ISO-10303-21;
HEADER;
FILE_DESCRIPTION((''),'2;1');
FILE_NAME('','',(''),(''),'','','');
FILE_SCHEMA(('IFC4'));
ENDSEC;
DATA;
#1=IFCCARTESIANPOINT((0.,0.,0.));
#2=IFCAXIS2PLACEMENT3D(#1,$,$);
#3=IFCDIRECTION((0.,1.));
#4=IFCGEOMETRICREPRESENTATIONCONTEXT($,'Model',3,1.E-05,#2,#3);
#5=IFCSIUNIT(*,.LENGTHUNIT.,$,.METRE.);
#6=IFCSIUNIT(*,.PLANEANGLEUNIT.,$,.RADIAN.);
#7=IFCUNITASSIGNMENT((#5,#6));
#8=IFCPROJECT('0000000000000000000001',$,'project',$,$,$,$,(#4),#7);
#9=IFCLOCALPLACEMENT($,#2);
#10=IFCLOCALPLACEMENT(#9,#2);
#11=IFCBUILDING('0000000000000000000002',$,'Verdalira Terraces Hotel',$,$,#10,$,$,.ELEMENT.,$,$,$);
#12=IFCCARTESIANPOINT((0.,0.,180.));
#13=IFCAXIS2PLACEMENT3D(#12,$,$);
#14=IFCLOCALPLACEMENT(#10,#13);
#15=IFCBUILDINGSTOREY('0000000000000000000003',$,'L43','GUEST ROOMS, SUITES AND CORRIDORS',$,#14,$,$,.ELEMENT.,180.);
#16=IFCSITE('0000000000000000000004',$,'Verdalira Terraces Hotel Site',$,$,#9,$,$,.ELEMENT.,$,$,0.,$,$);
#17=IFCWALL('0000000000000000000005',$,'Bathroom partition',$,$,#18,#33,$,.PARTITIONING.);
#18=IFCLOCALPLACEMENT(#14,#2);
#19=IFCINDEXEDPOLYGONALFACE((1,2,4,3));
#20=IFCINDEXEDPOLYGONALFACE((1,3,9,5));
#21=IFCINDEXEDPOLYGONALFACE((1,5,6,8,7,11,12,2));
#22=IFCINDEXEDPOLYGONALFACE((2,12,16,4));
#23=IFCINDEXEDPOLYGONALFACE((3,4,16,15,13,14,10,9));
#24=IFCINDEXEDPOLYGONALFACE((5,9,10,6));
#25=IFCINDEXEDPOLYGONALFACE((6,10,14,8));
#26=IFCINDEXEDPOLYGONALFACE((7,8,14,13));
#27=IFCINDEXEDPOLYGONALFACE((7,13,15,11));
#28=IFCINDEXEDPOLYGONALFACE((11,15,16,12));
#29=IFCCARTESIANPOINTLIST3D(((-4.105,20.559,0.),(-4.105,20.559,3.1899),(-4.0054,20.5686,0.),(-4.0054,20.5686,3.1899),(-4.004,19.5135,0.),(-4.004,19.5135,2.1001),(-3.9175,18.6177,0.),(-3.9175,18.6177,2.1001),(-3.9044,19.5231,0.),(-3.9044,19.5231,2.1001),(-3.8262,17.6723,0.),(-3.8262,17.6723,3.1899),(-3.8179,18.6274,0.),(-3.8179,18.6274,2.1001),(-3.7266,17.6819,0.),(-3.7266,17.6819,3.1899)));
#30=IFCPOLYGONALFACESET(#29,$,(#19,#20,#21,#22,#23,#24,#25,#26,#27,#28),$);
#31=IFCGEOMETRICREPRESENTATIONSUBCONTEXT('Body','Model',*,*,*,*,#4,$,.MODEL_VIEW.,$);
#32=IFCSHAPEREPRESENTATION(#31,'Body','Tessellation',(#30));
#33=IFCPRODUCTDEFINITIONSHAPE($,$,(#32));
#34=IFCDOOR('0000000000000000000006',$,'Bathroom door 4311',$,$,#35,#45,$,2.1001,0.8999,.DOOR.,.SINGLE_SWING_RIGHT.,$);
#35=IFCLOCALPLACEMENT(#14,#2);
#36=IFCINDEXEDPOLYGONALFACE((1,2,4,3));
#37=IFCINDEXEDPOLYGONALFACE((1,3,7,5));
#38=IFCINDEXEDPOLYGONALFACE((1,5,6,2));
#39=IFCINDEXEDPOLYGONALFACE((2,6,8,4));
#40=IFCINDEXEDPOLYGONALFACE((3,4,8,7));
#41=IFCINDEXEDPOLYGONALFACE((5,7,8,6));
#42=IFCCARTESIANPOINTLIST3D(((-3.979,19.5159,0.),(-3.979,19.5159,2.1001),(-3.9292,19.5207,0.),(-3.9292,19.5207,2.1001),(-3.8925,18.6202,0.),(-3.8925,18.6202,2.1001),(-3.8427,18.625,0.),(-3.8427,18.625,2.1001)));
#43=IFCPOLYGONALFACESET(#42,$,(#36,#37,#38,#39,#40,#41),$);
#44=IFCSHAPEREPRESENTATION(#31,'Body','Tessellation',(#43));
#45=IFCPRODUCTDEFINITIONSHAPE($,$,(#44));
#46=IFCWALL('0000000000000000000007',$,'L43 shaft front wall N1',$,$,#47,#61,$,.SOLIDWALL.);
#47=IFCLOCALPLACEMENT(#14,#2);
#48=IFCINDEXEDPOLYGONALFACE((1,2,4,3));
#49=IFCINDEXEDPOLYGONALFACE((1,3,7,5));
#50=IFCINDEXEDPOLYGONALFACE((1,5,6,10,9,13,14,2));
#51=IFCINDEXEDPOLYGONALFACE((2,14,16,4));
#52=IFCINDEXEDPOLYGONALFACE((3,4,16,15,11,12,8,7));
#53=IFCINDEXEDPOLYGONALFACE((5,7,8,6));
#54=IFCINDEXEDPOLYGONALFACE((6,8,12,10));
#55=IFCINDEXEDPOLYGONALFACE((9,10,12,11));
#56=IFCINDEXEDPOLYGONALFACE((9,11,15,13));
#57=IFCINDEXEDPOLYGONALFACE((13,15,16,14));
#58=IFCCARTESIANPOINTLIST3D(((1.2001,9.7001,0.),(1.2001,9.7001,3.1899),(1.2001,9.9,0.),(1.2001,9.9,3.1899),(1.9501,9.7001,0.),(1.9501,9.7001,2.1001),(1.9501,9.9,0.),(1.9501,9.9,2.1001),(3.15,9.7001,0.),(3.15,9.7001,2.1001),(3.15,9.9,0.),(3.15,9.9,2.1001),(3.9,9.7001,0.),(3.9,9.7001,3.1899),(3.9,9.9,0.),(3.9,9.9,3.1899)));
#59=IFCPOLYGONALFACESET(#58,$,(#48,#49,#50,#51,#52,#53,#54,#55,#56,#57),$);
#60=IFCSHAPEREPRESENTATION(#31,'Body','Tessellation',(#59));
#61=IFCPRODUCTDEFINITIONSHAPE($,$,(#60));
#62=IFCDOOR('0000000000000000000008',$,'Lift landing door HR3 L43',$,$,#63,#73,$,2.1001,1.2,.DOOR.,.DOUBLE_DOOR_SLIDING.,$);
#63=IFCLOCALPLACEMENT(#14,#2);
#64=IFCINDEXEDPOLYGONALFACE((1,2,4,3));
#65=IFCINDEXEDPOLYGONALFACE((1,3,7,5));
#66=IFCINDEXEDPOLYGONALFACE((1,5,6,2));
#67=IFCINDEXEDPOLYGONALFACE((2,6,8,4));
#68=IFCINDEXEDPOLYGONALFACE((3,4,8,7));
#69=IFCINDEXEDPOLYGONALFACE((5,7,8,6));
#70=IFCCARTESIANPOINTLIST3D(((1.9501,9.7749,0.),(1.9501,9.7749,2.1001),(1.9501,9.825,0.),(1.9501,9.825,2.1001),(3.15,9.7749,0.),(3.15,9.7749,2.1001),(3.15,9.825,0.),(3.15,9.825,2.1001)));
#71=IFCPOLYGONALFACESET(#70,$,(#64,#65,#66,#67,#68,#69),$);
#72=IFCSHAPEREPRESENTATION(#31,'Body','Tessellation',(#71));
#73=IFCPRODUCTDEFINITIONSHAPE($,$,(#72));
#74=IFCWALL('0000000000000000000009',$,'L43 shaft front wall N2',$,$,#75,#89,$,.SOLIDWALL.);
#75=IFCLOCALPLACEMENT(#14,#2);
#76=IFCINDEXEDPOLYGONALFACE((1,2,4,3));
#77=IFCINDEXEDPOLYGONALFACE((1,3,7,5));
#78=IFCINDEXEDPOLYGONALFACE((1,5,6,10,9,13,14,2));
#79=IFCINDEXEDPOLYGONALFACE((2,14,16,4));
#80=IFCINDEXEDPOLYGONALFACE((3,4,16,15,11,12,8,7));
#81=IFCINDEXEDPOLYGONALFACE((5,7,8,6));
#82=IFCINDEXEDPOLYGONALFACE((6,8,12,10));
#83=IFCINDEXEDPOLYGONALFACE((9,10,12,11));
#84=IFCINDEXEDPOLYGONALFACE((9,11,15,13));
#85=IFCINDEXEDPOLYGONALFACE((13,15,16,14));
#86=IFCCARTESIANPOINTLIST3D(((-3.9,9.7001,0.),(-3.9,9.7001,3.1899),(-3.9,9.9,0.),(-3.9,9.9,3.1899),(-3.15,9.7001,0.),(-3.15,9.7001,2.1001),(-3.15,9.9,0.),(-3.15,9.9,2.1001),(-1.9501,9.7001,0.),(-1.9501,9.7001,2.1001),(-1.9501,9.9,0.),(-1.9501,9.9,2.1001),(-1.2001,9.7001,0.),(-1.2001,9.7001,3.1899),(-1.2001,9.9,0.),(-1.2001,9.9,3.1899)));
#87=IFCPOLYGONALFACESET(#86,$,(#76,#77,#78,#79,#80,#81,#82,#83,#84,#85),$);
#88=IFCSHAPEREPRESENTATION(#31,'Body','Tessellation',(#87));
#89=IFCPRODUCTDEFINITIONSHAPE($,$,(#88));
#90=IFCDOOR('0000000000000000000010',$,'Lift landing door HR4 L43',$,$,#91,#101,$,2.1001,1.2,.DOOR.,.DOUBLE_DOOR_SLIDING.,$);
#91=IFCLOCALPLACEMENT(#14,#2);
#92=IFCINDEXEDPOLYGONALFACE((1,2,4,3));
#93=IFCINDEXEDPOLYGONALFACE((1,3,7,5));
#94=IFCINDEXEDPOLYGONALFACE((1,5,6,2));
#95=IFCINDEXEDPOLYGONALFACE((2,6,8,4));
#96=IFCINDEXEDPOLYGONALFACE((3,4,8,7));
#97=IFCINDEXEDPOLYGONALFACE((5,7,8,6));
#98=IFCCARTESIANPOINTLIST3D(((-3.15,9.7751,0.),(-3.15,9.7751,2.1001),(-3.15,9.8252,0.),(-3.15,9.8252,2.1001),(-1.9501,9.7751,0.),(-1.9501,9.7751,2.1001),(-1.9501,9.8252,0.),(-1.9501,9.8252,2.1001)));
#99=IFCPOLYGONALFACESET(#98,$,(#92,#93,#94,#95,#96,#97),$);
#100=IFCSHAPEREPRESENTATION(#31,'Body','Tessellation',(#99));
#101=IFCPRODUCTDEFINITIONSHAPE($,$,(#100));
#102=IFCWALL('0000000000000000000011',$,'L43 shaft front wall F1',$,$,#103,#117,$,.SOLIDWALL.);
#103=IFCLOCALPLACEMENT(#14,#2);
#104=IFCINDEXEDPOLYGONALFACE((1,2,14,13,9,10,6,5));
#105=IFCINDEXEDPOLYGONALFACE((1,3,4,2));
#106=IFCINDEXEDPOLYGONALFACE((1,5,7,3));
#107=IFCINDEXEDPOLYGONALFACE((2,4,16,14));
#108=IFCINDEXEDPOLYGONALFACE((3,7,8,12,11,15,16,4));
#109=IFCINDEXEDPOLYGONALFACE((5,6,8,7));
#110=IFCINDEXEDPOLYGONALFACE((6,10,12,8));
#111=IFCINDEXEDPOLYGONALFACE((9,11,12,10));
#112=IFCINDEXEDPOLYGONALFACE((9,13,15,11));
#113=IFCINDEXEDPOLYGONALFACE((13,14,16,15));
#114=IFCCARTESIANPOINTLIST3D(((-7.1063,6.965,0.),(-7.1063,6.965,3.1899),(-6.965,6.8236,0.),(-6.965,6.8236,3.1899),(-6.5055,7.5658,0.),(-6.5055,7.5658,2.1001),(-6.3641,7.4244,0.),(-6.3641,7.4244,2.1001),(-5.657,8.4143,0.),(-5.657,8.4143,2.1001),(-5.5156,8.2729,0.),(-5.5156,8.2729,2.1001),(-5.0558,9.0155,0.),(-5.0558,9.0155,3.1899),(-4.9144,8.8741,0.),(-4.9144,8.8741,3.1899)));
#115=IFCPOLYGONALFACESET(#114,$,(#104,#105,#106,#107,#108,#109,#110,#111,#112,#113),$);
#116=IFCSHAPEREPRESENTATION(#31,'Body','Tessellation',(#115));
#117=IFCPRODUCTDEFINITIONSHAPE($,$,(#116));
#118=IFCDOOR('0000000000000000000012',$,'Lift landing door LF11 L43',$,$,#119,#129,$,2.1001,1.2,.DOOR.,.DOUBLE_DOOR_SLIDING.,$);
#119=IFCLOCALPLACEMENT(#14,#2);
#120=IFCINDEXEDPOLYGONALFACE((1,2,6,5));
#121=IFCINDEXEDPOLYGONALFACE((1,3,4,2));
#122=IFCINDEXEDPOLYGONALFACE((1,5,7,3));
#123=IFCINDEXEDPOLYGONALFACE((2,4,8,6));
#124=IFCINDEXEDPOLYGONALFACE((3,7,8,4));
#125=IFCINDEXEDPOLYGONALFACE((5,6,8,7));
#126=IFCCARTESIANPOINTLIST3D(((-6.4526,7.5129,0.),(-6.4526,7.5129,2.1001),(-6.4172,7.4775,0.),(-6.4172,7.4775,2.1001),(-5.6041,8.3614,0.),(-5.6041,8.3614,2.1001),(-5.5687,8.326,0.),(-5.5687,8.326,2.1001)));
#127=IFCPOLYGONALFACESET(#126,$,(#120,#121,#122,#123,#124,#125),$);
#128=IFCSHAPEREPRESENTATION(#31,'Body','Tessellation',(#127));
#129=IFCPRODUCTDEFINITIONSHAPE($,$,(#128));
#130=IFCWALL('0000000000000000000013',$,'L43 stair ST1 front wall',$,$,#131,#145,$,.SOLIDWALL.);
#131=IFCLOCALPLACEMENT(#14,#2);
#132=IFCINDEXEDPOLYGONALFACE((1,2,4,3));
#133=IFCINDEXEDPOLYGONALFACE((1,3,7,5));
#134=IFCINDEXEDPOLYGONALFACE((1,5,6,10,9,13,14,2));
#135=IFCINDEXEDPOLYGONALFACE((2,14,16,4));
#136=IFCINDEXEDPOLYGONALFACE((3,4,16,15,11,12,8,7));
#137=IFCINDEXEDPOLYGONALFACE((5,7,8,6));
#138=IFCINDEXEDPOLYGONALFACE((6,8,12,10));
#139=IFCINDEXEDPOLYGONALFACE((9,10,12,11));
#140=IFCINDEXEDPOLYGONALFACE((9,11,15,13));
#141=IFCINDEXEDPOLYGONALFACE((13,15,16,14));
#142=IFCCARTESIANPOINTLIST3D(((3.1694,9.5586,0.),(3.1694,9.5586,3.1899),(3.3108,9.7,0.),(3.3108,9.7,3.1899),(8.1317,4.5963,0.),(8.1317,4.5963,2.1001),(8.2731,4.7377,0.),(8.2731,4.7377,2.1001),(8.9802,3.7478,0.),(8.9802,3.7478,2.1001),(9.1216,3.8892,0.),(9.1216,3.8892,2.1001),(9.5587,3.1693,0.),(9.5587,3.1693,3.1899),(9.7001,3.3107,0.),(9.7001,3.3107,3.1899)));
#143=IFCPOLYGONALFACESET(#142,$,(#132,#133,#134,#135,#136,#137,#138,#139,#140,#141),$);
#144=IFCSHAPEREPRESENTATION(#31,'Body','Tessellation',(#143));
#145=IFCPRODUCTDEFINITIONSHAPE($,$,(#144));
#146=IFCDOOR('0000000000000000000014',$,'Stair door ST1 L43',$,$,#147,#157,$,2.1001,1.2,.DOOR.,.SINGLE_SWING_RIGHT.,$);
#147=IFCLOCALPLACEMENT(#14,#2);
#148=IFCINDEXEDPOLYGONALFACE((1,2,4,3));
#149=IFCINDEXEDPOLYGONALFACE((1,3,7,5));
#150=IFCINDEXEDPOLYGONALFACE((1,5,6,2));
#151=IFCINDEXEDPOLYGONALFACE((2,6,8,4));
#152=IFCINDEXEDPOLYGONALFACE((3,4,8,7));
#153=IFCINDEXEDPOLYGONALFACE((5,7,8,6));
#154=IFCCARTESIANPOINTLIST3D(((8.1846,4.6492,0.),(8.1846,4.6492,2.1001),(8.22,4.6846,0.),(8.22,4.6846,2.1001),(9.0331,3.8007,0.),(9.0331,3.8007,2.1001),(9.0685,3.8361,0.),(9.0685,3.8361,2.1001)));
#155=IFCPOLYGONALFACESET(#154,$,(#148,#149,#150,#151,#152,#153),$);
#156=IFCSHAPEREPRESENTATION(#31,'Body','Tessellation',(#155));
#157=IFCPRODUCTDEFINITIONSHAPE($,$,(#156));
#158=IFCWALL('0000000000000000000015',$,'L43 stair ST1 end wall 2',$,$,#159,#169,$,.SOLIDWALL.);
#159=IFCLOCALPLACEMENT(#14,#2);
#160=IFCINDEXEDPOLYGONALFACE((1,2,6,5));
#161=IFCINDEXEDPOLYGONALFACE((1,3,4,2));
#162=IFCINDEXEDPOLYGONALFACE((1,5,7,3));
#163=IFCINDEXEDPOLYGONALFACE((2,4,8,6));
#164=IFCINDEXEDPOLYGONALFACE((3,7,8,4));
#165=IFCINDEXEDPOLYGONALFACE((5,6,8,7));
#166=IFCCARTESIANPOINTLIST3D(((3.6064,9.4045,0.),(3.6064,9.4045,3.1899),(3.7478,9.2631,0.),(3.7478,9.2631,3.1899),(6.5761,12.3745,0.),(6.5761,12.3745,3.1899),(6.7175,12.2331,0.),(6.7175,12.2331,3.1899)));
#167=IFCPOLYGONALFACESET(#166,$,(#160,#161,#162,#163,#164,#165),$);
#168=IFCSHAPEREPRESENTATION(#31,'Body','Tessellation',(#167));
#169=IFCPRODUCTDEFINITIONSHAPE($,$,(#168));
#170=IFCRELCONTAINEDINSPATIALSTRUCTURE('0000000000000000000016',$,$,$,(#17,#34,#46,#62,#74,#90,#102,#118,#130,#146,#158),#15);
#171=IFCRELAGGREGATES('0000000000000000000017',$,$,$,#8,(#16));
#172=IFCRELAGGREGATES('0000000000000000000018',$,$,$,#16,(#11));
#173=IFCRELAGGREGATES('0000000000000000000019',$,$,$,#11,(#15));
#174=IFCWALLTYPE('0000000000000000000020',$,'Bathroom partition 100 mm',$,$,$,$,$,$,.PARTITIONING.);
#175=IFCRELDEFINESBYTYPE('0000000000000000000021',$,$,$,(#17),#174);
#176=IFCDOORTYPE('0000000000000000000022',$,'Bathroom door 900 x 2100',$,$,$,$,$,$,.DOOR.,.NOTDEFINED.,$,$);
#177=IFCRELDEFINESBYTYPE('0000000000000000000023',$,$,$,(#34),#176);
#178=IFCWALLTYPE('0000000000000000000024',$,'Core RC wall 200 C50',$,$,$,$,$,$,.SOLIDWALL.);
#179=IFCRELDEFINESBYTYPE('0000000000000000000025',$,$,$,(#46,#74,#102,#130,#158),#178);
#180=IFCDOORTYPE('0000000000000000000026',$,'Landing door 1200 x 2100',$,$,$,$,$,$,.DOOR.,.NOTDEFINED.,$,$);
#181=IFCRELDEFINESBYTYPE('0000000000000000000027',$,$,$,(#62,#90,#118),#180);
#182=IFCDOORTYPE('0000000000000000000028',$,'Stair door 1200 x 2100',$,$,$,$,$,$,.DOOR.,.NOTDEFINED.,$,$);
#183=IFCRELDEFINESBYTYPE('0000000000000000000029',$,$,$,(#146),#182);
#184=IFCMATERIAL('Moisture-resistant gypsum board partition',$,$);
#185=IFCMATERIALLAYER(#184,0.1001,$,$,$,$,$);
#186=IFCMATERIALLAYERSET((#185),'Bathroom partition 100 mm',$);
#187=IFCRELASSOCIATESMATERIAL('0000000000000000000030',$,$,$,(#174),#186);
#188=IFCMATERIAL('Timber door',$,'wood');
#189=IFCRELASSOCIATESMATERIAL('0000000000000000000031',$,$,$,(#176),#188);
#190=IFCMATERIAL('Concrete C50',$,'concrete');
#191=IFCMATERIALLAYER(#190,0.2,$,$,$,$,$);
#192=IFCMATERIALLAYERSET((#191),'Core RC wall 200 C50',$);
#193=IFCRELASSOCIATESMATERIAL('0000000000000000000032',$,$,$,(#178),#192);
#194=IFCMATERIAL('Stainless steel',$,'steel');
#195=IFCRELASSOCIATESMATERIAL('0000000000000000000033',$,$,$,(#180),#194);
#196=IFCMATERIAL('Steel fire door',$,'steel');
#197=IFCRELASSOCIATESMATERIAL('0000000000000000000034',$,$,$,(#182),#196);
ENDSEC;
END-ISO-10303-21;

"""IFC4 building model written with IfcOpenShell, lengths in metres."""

from ifc_helpers import new_model, si_unit, direction, frame, frame_2d, origin, place, context, subcontext, project, spatial, rectangle, extrude, material, layer, layer_set, type_object, element, fill, save


model = new_model("IFC4")

# Units and contexts
model_context = context("Model", 3, precision=1e-05, world=origin(), true_north=direction((0.0, 1.0)))
body_context = subcontext(model_context, "Body", "Model", "MODEL_VIEW")
ifc_project = project(units=[si_unit("LENGTHUNIT", "METRE"), si_unit("PLANEANGLEUNIT", "RADIAN")], contexts=[model_context])

# Site, building, storey
site_placement = place(None, origin())
site = spatial("IfcSite", under=ifc_project, at=site_placement, Name="Verdalira Terraces Hotel Site", CompositionType="ELEMENT", RefElevation=0.0)
building_placement = place(site_placement, origin())
building = spatial("IfcBuilding", under=site, at=building_placement, Name="Verdalira Terraces Hotel", CompositionType="ELEMENT")
storey_placement = place(building_placement, frame((0.0, 0.0, 180.0)))
storey = spatial("IfcBuildingStorey", under=building, at=storey_placement, Name="L43", Description="GUEST ROOMS, SUITES AND CORRIDORS", CompositionType="ELEMENT", Elevation=180.0)

# Walls, openings, doors
ifc_material_1 = material(Name="Moisture-resistant gypsum board partition")
ifc_layer_1 = layer(ifc_material_1, 0.1001)
ifc_layer_set_1 = layer_set([ifc_layer_1], Name="Bathroom partition 100 mm")
wall_type_1 = type_object("IfcWallType", Name="Bathroom partition 100 mm", PredefinedType="PARTITIONING", material=ifc_layer_set_1)
wall_1_placement = place(storey_placement, frame((-3.7764, 17.677, 0.0), z_axis=(0.0, 0.0, 1.0), x_axis=(-0.096136, 0.995368, 0.0)))
wall_1 = element("IfcWall", 1, at=wall_1_placement, inside=storey, type_object=wall_type_1, Name="Bathroom partition", PredefinedType="PARTITIONING", context=body_context, shape_type="SweptSolid", body=[
    extrude(rectangle(XDim=2.9001, YDim=0.1001, at=frame_2d((1.4502, 0.0))), origin(), (0.0, 0.0, 1.0), 3.1899),
])
opening_1_placement = place(wall_1_placement, frame((0.95, 0.0, 0.0)))
opening_1 = element("IfcOpeningElement", 2, at=opening_1_placement, cuts=wall_1, PredefinedType="OPENING", context=body_context, shape_type="SweptSolid", body=[
    extrude(rectangle(XDim=0.8999, YDim=2.1001, at=frame_2d((0.45, 1.05))), frame((0.0, 0.0601, 0.0), z_axis=(0.0, -1.0, 0.0), x_axis=(1.0, 0.0, 0.0)), (0.0, 0.0, 1.0), 0.1201),
])
ifc_material_2 = material(Name="Timber door", Category="wood")
door_type_1 = type_object("IfcDoorType", Name="Bathroom door 900 x 2100", OperationType="NOTDEFINED", PredefinedType="DOOR", material=ifc_material_2)
door_1_placement = place(opening_1_placement, origin())
door_1 = element("IfcDoor", 3, at=door_1_placement, inside=storey, type_object=door_type_1, Name="Bathroom door 4311", OperationType="SINGLE_SWING_RIGHT", OverallHeight=2.1001, OverallWidth=0.8999, PredefinedType="DOOR", context=body_context, shape_type="SweptSolid", body=[
    extrude(rectangle(XDim=0.8999, YDim=2.1001, at=frame_2d((0.45, 1.05))), frame((0.0, 0.0249, 0.0), z_axis=(0.0, -1.0, 0.0), x_axis=(1.0, 0.0, 0.0)), (0.0, 0.0, 1.0), 0.05),
])
fill(opening_1, door_1)
ifc_material_3 = material(Name="Concrete C50", Category="concrete")
ifc_layer_2 = layer(ifc_material_3, 0.2)
ifc_layer_set_2 = layer_set([ifc_layer_2], Name="Core RC wall 200 C50")
wall_type_2 = type_object("IfcWallType", Name="Core RC wall 200 C50", PredefinedType="SOLIDWALL", material=ifc_layer_set_2)
wall_2_placement = place(storey_placement, frame((1.2, 9.8, 0.0), z_axis=(0.0, 0.0, 1.0), x_axis=(1.0, 0.0, 0.0)))
wall_2 = element("IfcWall", 4, at=wall_2_placement, inside=storey, type_object=wall_type_2, Name="L43 shaft front wall N1", PredefinedType="SOLIDWALL", context=body_context, shape_type="SweptSolid", body=[
    extrude(rectangle(XDim=2.7, YDim=0.2, at=frame_2d((1.3501, 0.0))), origin(), (0.0, 0.0, 1.0), 3.1899),
])
opening_2_placement = place(wall_2_placement, frame((0.75, 0.0, 0.0)))
opening_2 = element("IfcOpeningElement", 5, at=opening_2_placement, cuts=wall_2, PredefinedType="OPENING", context=body_context, shape_type="SweptSolid", body=[
    extrude(rectangle(XDim=1.2, YDim=2.1001, at=frame_2d((0.6001, 1.05))), frame((0.0, 0.1099, 0.0), z_axis=(0.0, -1.0, 0.0), x_axis=(1.0, 0.0, 0.0)), (0.0, 0.0, 1.0), 0.22),
])
ifc_material_4 = material(Name="Stainless steel", Category="steel")
door_type_2 = type_object("IfcDoorType", Name="Landing door 1200 x 2100", OperationType="NOTDEFINED", PredefinedType="DOOR", material=ifc_material_4)
door_2_placement = place(opening_2_placement, origin())
door_2 = element("IfcDoor", 6, at=door_2_placement, inside=storey, type_object=door_type_2, Name="Lift landing door HR3 L43", OperationType="DOUBLE_DOOR_SLIDING", OverallHeight=2.1001, OverallWidth=1.2, PredefinedType="DOOR", context=body_context, shape_type="SweptSolid", body=[
    extrude(rectangle(XDim=1.2, YDim=2.1001, at=frame_2d((0.6001, 1.05))), frame((0.0, 0.0249, 0.0), z_axis=(0.0, -1.0, 0.0), x_axis=(1.0, 0.0, 0.0)), (0.0, 0.0, 1.0), 0.05),
])
fill(opening_2, door_2)
wall_3_placement = place(storey_placement, frame((-1.2, 9.8, 0.0), z_axis=(0.0, 0.0, 1.0), x_axis=(-1.0, 0.0, 0.0)))
wall_3 = element("IfcWall", 7, at=wall_3_placement, inside=storey, type_object=wall_type_2, Name="L43 shaft front wall N2", PredefinedType="SOLIDWALL", context=body_context, shape_type="SweptSolid", body=[
    extrude(rectangle(XDim=2.7, YDim=0.2, at=frame_2d((1.3501, 0.0))), origin(), (0.0, 0.0, 1.0), 3.1899),
])
opening_3_placement = place(wall_3_placement, frame((0.75, 0.0, 0.0)))
opening_3 = element("IfcOpeningElement", 8, at=opening_3_placement, cuts=wall_3, PredefinedType="OPENING", context=body_context, shape_type="SweptSolid", body=[
    extrude(rectangle(XDim=1.2, YDim=2.1001, at=frame_2d((0.6001, 1.05))), frame((0.0, 0.1099, 0.0), z_axis=(0.0, -1.0, 0.0), x_axis=(1.0, 0.0, 0.0)), (0.0, 0.0, 1.0), 0.22),
])
door_3_placement = place(opening_3_placement, origin())
door_3 = element("IfcDoor", 9, at=door_3_placement, inside=storey, type_object=door_type_2, Name="Lift landing door HR4 L43", OperationType="DOUBLE_DOOR_SLIDING", OverallHeight=2.1001, OverallWidth=1.2, PredefinedType="DOOR", context=body_context, shape_type="SweptSolid", body=[
    extrude(rectangle(XDim=1.2, YDim=2.1001, at=frame_2d((0.6001, 1.05))), frame((0.0, 0.0249, 0.0), z_axis=(0.0, -1.0, 0.0), x_axis=(1.0, 0.0, 0.0)), (0.0, 0.0, 1.0), 0.05),
])
fill(opening_3, door_3)
wall_4_placement = place(storey_placement, frame((-4.9851, 8.9448, 0.0), z_axis=(0.0, 0.0, 1.0), x_axis=(-0.707107, -0.707107, 0.0)))
wall_4 = element("IfcWall", 10, at=wall_4_placement, inside=storey, type_object=wall_type_2, Name="L43 shaft front wall F1", PredefinedType="SOLIDWALL", context=body_context, shape_type="SweptSolid", body=[
    extrude(rectangle(XDim=2.8999, YDim=0.2, at=frame_2d((1.45, 0.0))), origin(), (0.0, 0.0, 1.0), 3.1899),
])
opening_4_placement = place(wall_4_placement, frame((0.8501, 0.0, 0.0)))
opening_4 = element("IfcOpeningElement", 11, at=opening_4_placement, cuts=wall_4, PredefinedType="OPENING", context=body_context, shape_type="SweptSolid", body=[
    extrude(rectangle(XDim=1.2, YDim=2.1001, at=frame_2d((0.6001, 1.05))), frame((0.0, 0.1099, 0.0), z_axis=(0.0, -1.0, 0.0), x_axis=(1.0, 0.0, 0.0)), (0.0, 0.0, 1.0), 0.22),
])
door_4_placement = place(opening_4_placement, origin())
door_4 = element("IfcDoor", 12, at=door_4_placement, inside=storey, type_object=door_type_2, Name="Lift landing door LF11 L43", OperationType="DOUBLE_DOOR_SLIDING", OverallHeight=2.1001, OverallWidth=1.2, PredefinedType="DOOR", context=body_context, shape_type="SweptSolid", body=[
    extrude(rectangle(XDim=1.2, YDim=2.1001, at=frame_2d((0.6001, 1.05))), frame((0.0, 0.0249, 0.0), z_axis=(0.0, -1.0, 0.0), x_axis=(1.0, 0.0, 0.0)), (0.0, 0.0, 1.0), 0.05),
])
fill(opening_4, door_4)
wall_5_placement = place(storey_placement, frame((3.24, 9.6294, 0.0), z_axis=(0.0, 0.0, 1.0), x_axis=(0.707107, -0.707107, 0.0)))
wall_5 = element("IfcWall", 13, at=wall_5_placement, inside=storey, type_object=wall_type_2, Name="L43 stair ST1 front wall", PredefinedType="SOLIDWALL", context=body_context, shape_type="SweptSolid", body=[
    extrude(rectangle(XDim=9.0359, YDim=0.2, at=frame_2d((4.5181, 0.0))), origin(), (0.0, 0.0, 1.0), 3.1899),
])
opening_5_placement = place(wall_5_placement, frame((7.0178, 0.0, 0.0)))
opening_5 = element("IfcOpeningElement", 14, at=opening_5_placement, cuts=wall_5, PredefinedType="OPENING", context=body_context, shape_type="SweptSolid", body=[
    extrude(rectangle(XDim=1.2, YDim=2.1001, at=frame_2d((0.6001, 1.05))), frame((0.0, 0.1099, 0.0), z_axis=(0.0, -1.0, 0.0), x_axis=(1.0, 0.0, 0.0)), (0.0, 0.0, 1.0), 0.22),
])
ifc_material_5 = material(Name="Steel fire door", Category="steel")
door_type_3 = type_object("IfcDoorType", Name="Stair door 1200 x 2100", OperationType="NOTDEFINED", PredefinedType="DOOR", material=ifc_material_5)
door_5_placement = place(opening_5_placement, origin())
door_5 = element("IfcDoor", 15, at=door_5_placement, inside=storey, type_object=door_type_3, Name="Stair door ST1 L43", OperationType="SINGLE_SWING_RIGHT", OverallHeight=2.1001, OverallWidth=1.2, PredefinedType="DOOR", context=body_context, shape_type="SweptSolid", body=[
    extrude(rectangle(XDim=1.2, YDim=2.1001, at=frame_2d((0.6001, 1.05))), frame((0.0, 0.0249, 0.0), z_axis=(0.0, -1.0, 0.0), x_axis=(1.0, 0.0, 0.0)), (0.0, 0.0, 1.0), 0.05),
])
fill(opening_5, door_5)

# Wall
wall_6_placement = place(storey_placement, frame((3.677, 9.3337, 0.0), z_axis=(0.0, 0.0, 1.0), x_axis=(0.707078, 0.707136, 0.0)))
element("IfcWall", 16, at=wall_6_placement, inside=storey, type_object=wall_type_2, Name="L43 stair ST1 end wall 2", PredefinedType="SOLIDWALL", context=body_context, shape_type="SweptSolid", body=[
    extrude(rectangle(XDim=4.2, YDim=0.2, at=frame_2d((2.1001, 0.0))), origin(), (0.0, 0.0, 1.0), 3.1899),
])

save(model, "model.ifc")
